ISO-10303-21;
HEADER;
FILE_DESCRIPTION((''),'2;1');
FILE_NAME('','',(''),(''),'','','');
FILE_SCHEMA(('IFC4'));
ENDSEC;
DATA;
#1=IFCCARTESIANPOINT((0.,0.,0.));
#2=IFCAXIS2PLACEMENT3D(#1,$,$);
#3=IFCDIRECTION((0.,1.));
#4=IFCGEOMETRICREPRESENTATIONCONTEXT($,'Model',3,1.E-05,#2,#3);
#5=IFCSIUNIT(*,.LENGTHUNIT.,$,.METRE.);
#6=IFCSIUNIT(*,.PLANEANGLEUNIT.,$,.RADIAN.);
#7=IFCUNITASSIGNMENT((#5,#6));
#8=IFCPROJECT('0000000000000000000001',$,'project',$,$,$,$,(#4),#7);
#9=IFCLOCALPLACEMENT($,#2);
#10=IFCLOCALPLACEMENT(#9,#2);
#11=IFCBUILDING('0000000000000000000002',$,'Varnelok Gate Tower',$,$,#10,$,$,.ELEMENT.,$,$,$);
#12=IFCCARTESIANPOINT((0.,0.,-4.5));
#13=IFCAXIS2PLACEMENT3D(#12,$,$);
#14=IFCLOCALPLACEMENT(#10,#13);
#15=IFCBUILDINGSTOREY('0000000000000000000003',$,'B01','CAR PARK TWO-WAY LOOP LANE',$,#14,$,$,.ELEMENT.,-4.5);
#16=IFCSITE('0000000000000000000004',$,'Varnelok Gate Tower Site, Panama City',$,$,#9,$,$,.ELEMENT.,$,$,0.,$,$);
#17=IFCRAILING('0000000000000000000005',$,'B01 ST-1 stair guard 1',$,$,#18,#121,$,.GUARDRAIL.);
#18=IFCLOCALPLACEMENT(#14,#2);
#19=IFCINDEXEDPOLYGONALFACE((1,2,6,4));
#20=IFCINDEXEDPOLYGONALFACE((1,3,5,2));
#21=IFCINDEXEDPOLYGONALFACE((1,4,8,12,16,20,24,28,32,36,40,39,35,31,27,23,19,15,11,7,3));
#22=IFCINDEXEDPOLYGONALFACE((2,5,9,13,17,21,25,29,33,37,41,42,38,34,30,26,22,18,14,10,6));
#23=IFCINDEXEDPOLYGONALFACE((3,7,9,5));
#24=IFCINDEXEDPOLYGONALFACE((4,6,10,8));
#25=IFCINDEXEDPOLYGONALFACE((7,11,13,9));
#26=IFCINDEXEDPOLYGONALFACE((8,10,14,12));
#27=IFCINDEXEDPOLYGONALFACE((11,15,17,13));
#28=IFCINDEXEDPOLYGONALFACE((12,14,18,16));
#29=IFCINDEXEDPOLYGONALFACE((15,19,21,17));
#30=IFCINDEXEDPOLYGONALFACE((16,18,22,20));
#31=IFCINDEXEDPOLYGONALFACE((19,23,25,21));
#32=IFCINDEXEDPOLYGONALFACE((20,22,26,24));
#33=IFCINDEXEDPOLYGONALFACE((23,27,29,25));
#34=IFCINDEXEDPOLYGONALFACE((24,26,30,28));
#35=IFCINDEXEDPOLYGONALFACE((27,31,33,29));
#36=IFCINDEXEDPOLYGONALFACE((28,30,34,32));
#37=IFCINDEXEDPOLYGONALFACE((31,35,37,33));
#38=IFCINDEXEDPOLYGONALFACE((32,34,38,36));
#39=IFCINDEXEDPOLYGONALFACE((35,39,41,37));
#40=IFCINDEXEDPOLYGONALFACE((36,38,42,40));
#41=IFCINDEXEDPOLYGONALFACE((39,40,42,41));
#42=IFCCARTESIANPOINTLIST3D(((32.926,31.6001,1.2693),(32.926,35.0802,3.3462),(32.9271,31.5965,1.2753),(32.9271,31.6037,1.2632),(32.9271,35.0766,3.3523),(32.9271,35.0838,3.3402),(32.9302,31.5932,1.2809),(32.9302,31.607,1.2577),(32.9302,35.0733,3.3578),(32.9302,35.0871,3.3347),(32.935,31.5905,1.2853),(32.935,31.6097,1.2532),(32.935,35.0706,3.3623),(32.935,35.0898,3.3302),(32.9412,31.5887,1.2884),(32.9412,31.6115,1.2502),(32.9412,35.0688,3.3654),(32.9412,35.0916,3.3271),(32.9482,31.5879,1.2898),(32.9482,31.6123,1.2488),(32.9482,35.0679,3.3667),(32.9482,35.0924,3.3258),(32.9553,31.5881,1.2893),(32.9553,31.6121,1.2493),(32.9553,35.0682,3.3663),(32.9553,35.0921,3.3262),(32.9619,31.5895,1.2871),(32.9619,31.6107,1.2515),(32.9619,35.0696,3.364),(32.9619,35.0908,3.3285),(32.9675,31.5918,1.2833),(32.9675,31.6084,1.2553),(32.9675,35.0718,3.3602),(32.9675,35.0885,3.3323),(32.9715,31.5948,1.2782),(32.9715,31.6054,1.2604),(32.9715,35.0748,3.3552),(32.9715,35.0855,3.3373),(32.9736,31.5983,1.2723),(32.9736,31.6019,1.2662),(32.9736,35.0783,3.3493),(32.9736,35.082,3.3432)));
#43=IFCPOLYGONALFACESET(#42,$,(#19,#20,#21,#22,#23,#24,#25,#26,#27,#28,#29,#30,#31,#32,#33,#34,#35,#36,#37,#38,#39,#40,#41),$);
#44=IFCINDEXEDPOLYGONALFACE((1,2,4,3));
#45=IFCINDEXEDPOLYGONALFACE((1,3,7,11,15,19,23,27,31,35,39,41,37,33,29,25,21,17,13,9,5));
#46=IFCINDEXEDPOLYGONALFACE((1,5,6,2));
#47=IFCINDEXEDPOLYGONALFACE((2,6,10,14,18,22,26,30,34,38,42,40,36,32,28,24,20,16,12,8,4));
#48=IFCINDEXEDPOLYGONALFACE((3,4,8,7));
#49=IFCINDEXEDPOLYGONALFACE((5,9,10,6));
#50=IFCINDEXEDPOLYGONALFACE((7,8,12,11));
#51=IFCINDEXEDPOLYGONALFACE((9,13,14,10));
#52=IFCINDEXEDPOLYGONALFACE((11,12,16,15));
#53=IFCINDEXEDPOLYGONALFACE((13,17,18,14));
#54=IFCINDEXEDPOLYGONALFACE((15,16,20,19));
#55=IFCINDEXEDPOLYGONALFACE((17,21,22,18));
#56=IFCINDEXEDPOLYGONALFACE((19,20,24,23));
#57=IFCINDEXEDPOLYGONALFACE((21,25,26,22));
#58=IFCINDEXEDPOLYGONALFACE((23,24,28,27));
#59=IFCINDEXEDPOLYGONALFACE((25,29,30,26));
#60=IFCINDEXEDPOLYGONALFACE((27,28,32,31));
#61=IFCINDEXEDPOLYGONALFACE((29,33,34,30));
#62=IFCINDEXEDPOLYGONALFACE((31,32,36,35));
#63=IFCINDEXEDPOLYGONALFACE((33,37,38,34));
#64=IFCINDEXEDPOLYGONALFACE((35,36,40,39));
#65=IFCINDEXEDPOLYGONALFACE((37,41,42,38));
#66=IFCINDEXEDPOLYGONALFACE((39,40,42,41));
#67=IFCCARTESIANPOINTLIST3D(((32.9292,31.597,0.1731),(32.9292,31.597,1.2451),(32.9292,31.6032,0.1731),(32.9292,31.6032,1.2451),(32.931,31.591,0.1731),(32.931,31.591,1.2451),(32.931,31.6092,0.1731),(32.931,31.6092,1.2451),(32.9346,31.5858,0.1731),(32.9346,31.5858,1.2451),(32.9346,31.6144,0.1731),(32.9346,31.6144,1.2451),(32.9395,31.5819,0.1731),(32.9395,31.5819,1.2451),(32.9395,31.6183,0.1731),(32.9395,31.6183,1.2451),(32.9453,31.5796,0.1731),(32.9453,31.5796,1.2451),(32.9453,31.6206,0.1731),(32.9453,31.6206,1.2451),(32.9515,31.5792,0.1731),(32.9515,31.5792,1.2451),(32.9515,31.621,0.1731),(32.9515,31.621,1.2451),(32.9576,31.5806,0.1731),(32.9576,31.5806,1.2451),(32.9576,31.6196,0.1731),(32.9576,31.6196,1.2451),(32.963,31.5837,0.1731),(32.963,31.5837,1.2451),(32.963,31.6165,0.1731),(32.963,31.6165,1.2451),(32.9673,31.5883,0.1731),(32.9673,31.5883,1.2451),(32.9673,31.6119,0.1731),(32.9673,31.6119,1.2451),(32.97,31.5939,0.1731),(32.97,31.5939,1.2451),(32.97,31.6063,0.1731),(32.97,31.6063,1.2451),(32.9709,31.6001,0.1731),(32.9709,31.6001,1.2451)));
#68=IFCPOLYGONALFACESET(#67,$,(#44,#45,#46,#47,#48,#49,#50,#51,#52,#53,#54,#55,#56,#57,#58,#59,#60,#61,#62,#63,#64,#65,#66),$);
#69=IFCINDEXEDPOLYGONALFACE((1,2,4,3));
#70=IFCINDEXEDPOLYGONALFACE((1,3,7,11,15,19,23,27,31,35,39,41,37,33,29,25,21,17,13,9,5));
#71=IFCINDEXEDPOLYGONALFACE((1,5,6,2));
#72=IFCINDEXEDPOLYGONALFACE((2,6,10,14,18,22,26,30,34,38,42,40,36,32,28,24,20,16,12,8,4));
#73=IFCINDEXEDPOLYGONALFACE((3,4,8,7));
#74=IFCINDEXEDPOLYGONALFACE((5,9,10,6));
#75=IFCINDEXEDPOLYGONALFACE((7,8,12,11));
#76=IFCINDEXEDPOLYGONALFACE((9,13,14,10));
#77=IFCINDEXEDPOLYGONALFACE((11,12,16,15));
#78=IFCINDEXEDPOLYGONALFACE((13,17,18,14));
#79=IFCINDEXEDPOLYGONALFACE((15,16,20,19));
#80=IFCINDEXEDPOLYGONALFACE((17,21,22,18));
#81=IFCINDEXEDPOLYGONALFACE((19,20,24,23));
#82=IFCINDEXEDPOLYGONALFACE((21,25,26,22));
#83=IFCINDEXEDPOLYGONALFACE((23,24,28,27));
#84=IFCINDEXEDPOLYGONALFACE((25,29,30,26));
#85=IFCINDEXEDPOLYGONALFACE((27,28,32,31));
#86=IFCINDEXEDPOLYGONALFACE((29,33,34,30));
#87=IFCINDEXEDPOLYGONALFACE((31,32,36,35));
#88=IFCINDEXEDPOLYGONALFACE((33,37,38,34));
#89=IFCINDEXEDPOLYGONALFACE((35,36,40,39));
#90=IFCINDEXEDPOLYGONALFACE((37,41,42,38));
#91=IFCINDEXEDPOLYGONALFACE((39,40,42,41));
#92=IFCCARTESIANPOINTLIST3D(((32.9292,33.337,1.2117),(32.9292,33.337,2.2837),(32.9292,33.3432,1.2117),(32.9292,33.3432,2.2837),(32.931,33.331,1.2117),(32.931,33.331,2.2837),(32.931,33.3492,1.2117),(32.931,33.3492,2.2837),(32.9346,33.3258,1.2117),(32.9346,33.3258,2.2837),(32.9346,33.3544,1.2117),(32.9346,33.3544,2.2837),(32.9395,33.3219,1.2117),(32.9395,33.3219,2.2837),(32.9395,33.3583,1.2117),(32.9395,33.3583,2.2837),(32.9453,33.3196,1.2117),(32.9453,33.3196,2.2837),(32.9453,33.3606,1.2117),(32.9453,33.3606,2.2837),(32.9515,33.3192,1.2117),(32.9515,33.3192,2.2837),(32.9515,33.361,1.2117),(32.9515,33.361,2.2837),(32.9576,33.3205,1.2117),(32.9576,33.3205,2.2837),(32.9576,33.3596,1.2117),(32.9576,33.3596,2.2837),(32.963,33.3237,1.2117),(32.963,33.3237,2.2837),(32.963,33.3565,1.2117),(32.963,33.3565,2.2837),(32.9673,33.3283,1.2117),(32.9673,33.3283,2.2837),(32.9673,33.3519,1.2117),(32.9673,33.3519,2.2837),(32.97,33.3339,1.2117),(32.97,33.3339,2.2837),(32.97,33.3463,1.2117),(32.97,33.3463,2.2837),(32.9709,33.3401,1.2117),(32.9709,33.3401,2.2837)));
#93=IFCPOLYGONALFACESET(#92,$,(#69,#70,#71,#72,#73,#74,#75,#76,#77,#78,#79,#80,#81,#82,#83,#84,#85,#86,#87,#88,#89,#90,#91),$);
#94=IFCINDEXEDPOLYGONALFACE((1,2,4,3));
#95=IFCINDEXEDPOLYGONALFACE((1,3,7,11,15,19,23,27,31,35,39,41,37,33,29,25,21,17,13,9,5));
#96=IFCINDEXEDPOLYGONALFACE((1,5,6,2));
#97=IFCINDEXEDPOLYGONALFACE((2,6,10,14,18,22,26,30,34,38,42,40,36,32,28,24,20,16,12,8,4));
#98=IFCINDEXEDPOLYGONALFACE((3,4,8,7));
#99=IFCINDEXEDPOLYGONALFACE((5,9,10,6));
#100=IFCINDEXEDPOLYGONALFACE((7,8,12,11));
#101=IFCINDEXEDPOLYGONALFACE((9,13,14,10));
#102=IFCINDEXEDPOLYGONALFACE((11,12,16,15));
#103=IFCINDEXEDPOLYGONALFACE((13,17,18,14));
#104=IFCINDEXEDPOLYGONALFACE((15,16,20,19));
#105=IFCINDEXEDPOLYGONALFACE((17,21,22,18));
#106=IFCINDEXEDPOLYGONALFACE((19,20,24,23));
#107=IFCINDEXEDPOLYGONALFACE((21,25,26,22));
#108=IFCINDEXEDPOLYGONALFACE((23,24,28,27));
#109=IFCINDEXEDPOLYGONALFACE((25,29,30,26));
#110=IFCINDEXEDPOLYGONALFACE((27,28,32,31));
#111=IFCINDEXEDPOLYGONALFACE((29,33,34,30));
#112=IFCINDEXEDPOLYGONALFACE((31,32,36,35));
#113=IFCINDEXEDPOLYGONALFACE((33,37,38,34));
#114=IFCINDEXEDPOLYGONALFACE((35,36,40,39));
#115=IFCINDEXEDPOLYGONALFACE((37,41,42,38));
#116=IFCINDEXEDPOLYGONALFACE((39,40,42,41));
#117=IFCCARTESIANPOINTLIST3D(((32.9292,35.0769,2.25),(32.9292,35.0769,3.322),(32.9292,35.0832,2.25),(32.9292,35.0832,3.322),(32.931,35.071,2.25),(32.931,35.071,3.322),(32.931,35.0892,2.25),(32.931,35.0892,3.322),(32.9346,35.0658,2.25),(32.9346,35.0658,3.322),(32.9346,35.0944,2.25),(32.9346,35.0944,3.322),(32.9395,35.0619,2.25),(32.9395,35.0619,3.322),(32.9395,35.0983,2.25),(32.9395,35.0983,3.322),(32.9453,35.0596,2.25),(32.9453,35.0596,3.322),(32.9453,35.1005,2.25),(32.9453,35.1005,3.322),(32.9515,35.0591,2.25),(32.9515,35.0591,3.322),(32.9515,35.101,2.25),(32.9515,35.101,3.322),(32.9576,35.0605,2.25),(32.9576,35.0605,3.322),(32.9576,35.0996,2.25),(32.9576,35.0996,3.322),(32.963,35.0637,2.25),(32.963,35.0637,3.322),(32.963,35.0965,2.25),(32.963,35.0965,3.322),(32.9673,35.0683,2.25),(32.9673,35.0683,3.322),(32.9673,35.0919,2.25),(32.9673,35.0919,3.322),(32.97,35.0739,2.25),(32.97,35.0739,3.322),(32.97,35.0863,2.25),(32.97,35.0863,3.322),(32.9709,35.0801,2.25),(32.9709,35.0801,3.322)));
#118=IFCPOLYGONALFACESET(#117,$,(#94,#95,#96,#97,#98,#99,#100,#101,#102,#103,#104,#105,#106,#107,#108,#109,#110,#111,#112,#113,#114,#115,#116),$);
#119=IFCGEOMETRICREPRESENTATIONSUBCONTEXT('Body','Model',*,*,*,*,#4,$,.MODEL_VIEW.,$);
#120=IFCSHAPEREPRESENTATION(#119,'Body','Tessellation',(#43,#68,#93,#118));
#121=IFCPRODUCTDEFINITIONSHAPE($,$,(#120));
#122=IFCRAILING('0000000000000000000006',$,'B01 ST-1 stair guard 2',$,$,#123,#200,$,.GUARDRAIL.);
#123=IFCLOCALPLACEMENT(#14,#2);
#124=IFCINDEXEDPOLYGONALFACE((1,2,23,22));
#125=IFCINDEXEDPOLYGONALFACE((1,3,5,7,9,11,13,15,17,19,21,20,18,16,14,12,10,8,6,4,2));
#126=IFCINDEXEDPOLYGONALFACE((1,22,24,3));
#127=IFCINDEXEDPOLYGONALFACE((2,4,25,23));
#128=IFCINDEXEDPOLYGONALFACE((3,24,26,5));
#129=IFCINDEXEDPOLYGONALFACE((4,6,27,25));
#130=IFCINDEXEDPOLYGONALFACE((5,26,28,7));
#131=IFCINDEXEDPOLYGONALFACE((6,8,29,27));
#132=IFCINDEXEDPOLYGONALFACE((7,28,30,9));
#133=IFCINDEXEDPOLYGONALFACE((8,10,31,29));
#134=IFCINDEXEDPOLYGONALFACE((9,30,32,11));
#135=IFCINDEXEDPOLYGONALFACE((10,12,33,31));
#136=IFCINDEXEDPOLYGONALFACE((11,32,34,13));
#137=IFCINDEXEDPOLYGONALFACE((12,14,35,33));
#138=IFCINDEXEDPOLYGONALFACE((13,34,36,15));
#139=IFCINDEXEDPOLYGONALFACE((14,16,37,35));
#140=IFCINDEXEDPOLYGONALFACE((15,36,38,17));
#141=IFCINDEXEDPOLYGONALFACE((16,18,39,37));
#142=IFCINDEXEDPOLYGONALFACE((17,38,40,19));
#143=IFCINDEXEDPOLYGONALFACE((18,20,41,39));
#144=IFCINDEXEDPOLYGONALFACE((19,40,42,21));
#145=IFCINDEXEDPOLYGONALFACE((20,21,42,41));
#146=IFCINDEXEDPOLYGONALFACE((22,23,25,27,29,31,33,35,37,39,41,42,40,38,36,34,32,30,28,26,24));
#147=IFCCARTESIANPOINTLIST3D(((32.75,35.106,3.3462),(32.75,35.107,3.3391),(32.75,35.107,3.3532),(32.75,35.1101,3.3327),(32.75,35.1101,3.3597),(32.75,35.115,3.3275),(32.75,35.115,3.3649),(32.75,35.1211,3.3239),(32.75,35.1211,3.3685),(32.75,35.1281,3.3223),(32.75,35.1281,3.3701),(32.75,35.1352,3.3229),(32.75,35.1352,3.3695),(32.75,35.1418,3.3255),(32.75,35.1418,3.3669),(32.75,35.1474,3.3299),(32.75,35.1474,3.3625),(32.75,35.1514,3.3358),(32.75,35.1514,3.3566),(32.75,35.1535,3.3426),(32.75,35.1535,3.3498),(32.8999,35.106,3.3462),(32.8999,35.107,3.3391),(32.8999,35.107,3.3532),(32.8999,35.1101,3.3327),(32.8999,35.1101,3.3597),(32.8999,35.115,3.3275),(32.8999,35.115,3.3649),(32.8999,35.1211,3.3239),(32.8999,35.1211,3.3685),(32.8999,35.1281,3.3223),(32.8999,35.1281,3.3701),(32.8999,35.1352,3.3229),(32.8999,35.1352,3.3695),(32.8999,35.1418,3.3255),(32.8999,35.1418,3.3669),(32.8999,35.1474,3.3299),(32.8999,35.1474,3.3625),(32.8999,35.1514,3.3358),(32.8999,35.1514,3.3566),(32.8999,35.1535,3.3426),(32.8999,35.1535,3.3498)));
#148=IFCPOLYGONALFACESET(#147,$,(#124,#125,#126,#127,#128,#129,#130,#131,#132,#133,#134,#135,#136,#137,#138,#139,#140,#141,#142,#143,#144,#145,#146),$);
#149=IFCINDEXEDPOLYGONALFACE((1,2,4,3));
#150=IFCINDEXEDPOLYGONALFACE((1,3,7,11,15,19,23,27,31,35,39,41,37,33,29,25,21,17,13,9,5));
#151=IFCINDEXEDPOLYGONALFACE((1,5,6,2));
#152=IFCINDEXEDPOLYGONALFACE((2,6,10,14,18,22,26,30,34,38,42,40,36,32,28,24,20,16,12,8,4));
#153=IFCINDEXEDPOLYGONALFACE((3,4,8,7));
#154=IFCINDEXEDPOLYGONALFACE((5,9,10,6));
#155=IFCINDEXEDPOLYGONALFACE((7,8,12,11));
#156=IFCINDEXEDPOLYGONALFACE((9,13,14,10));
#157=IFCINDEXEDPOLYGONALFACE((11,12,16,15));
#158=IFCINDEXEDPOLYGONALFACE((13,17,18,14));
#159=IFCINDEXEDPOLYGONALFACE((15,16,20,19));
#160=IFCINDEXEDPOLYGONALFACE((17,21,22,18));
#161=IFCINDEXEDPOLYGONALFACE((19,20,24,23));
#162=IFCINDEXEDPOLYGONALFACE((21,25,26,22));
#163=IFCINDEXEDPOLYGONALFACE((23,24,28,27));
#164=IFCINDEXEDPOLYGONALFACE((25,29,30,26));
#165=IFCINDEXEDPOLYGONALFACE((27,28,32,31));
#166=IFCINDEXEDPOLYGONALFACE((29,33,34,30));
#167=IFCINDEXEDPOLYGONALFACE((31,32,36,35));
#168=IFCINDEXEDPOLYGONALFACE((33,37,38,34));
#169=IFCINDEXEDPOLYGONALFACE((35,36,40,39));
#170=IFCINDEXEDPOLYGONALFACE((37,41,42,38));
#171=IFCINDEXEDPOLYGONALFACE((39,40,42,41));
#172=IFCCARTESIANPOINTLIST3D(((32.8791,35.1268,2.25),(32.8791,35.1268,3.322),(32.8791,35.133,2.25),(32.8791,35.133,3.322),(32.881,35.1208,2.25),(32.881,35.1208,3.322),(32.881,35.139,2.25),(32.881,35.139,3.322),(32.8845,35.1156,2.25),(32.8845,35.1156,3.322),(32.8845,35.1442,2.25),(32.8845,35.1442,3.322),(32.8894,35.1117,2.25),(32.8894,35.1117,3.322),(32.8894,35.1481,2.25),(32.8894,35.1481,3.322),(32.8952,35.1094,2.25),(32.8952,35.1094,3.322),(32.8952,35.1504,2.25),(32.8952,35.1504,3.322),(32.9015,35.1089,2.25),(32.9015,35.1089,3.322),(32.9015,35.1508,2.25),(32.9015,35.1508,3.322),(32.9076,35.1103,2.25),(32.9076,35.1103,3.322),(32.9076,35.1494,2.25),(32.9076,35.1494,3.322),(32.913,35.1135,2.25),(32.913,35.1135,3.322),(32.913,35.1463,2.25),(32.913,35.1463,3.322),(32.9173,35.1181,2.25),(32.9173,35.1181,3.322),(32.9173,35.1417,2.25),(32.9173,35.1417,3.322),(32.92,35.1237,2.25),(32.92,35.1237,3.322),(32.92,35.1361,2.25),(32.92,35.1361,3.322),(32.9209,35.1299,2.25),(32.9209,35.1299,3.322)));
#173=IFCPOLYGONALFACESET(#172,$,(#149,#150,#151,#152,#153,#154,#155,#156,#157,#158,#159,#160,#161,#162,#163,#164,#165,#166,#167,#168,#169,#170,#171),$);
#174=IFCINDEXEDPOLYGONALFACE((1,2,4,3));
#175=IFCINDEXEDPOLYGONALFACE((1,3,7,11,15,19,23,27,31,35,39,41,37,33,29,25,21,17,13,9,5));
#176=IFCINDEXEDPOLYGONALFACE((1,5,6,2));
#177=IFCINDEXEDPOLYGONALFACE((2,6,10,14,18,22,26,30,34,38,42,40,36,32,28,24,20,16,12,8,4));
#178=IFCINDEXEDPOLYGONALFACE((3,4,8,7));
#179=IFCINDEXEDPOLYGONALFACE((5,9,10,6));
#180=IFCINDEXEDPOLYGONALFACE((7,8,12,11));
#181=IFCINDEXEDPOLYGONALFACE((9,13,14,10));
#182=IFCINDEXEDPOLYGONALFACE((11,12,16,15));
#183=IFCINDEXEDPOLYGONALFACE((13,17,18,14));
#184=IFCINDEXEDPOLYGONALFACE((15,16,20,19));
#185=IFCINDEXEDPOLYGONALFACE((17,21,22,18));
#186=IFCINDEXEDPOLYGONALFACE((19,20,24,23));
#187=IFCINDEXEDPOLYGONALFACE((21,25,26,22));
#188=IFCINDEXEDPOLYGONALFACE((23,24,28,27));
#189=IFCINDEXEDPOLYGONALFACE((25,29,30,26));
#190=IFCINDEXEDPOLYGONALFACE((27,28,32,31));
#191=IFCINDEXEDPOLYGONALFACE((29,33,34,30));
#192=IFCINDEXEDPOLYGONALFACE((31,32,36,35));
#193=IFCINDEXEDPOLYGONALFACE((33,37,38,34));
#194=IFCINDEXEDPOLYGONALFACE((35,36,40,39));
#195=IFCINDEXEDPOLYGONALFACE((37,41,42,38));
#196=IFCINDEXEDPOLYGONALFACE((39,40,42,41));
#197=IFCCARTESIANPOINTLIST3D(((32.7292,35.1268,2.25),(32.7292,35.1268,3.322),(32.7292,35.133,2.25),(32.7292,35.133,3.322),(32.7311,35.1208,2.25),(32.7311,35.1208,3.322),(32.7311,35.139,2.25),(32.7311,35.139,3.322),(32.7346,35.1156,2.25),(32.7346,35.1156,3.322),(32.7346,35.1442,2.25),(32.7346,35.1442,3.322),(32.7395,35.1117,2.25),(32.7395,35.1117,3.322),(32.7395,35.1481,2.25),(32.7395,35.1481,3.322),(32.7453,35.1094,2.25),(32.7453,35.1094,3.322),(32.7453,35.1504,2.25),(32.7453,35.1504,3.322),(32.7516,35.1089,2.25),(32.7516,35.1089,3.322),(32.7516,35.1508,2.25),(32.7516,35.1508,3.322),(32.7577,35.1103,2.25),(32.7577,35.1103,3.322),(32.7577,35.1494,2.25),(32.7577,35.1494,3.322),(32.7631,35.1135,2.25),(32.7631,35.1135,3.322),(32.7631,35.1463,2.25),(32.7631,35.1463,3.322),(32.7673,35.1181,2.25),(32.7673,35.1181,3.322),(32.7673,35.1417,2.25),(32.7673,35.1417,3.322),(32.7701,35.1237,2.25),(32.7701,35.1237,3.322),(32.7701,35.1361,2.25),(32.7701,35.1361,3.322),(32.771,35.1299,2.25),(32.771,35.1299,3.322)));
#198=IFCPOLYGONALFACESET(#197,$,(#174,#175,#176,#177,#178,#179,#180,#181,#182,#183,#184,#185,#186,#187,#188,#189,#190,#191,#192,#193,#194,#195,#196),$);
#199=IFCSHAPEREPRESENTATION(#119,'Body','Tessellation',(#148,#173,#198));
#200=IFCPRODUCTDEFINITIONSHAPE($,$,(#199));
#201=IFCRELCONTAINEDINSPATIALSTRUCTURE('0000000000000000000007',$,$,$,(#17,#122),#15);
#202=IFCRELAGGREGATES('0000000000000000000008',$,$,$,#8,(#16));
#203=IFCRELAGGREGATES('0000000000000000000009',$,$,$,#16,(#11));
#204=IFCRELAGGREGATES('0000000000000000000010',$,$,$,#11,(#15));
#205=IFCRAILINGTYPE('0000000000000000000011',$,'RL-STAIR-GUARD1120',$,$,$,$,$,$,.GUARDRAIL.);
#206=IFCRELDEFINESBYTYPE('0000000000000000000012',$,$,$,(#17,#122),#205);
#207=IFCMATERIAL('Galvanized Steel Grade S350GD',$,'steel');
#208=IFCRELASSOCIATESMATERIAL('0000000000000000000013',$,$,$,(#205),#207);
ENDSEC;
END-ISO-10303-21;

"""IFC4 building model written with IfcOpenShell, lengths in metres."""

from ifc_helpers import new_model, si_unit, direction, frame, origin, origin_2d, place, context, subcontext, project, spatial, circle, extrude, material, type_object, element, save


model = new_model("IFC4")

# Units and contexts
model_context = context("Model", 3, precision=1e-05, world=origin(), true_north=direction((0.0, 1.0)))
body_context = subcontext(model_context, "Body", "Model", "MODEL_VIEW")
ifc_project = project(units=[si_unit("LENGTHUNIT", "METRE"), si_unit("PLANEANGLEUNIT", "RADIAN")], contexts=[model_context])

# Site, building, storey
site_placement = place(None, origin())
site = spatial("IfcSite", under=ifc_project, at=site_placement, Name="Varnelok Gate Tower Site, Panama City", CompositionType="ELEMENT", RefElevation=0.0)
building_placement = place(site_placement, origin())
building = spatial("IfcBuilding", under=site, at=building_placement, Name="Varnelok Gate Tower", CompositionType="ELEMENT")
storey_placement = place(building_placement, frame((0.0, 0.0, -4.5)))
storey = spatial("IfcBuildingStorey", under=building, at=storey_placement, Name="B01", Description="CAR PARK TWO-WAY LOOP LANE", CompositionType="ELEMENT", Elevation=-4.5)

# Shared definitions
ifc_material_1 = material(Name="Galvanized Steel Grade S350GD", Category="steel")

# Railings
railing_type_1 = type_object("IfcRailingType", Name="RL-STAIR-GUARD1120", PredefinedType="GUARDRAIL", material=ifc_material_1)
railing_1_placement = place(storey_placement, frame((32.95, 31.6001, 0.1731)))
element("IfcRailing", 1, at=railing_1_placement, inside=storey, type_object=railing_type_1, Name="B01 ST-1 stair guard 1", PredefinedType="GUARDRAIL", context=body_context, shape_type="SweptSolid", body=[
    extrude(circle(Radius=0.0239, at=origin_2d()), frame((0.0, 0.0, 1.0962), z_axis=(0.0, 0.858697, 0.512483), x_axis=(-1.0, 0.0, 0.0)), (0.0, 0.0, 1.0), 4.0527),
    extrude(circle(Radius=0.021, at=origin_2d()), origin(), (0.0, 0.0, 1.0), 1.072),
    extrude(circle(Radius=0.021, at=origin_2d()), frame((0.0, 1.74, 1.0386)), (0.0, 0.0, 1.0), 1.072),
    extrude(circle(Radius=0.021, at=origin_2d()), frame((0.0, 3.48, 2.0769)), (0.0, 0.0, 1.0), 1.072),
])
railing_2_placement = place(storey_placement, frame((32.8999, 35.1299, 2.25)))
element("IfcRailing", 2, at=railing_2_placement, inside=storey, type_object=railing_type_1, Name="B01 ST-1 stair guard 2", PredefinedType="GUARDRAIL", context=body_context, shape_type="SweptSolid", body=[
    extrude(circle(Radius=0.0239, at=origin_2d()), frame((0.0, 0.0, 1.0962), z_axis=(-1.0, 0.0, 0.0), x_axis=(0.0, -1.0, 0.0)), (0.0, 0.0, 1.0), 0.1499),
    extrude(circle(Radius=0.021, at=origin_2d()), origin(), (0.0, 0.0, 1.0), 1.072),
    extrude(circle(Radius=0.021, at=origin_2d()), frame((-0.1499, 0.0, 0.0)), (0.0, 0.0, 1.0), 1.072),
])

save(model, "model.ifc")
